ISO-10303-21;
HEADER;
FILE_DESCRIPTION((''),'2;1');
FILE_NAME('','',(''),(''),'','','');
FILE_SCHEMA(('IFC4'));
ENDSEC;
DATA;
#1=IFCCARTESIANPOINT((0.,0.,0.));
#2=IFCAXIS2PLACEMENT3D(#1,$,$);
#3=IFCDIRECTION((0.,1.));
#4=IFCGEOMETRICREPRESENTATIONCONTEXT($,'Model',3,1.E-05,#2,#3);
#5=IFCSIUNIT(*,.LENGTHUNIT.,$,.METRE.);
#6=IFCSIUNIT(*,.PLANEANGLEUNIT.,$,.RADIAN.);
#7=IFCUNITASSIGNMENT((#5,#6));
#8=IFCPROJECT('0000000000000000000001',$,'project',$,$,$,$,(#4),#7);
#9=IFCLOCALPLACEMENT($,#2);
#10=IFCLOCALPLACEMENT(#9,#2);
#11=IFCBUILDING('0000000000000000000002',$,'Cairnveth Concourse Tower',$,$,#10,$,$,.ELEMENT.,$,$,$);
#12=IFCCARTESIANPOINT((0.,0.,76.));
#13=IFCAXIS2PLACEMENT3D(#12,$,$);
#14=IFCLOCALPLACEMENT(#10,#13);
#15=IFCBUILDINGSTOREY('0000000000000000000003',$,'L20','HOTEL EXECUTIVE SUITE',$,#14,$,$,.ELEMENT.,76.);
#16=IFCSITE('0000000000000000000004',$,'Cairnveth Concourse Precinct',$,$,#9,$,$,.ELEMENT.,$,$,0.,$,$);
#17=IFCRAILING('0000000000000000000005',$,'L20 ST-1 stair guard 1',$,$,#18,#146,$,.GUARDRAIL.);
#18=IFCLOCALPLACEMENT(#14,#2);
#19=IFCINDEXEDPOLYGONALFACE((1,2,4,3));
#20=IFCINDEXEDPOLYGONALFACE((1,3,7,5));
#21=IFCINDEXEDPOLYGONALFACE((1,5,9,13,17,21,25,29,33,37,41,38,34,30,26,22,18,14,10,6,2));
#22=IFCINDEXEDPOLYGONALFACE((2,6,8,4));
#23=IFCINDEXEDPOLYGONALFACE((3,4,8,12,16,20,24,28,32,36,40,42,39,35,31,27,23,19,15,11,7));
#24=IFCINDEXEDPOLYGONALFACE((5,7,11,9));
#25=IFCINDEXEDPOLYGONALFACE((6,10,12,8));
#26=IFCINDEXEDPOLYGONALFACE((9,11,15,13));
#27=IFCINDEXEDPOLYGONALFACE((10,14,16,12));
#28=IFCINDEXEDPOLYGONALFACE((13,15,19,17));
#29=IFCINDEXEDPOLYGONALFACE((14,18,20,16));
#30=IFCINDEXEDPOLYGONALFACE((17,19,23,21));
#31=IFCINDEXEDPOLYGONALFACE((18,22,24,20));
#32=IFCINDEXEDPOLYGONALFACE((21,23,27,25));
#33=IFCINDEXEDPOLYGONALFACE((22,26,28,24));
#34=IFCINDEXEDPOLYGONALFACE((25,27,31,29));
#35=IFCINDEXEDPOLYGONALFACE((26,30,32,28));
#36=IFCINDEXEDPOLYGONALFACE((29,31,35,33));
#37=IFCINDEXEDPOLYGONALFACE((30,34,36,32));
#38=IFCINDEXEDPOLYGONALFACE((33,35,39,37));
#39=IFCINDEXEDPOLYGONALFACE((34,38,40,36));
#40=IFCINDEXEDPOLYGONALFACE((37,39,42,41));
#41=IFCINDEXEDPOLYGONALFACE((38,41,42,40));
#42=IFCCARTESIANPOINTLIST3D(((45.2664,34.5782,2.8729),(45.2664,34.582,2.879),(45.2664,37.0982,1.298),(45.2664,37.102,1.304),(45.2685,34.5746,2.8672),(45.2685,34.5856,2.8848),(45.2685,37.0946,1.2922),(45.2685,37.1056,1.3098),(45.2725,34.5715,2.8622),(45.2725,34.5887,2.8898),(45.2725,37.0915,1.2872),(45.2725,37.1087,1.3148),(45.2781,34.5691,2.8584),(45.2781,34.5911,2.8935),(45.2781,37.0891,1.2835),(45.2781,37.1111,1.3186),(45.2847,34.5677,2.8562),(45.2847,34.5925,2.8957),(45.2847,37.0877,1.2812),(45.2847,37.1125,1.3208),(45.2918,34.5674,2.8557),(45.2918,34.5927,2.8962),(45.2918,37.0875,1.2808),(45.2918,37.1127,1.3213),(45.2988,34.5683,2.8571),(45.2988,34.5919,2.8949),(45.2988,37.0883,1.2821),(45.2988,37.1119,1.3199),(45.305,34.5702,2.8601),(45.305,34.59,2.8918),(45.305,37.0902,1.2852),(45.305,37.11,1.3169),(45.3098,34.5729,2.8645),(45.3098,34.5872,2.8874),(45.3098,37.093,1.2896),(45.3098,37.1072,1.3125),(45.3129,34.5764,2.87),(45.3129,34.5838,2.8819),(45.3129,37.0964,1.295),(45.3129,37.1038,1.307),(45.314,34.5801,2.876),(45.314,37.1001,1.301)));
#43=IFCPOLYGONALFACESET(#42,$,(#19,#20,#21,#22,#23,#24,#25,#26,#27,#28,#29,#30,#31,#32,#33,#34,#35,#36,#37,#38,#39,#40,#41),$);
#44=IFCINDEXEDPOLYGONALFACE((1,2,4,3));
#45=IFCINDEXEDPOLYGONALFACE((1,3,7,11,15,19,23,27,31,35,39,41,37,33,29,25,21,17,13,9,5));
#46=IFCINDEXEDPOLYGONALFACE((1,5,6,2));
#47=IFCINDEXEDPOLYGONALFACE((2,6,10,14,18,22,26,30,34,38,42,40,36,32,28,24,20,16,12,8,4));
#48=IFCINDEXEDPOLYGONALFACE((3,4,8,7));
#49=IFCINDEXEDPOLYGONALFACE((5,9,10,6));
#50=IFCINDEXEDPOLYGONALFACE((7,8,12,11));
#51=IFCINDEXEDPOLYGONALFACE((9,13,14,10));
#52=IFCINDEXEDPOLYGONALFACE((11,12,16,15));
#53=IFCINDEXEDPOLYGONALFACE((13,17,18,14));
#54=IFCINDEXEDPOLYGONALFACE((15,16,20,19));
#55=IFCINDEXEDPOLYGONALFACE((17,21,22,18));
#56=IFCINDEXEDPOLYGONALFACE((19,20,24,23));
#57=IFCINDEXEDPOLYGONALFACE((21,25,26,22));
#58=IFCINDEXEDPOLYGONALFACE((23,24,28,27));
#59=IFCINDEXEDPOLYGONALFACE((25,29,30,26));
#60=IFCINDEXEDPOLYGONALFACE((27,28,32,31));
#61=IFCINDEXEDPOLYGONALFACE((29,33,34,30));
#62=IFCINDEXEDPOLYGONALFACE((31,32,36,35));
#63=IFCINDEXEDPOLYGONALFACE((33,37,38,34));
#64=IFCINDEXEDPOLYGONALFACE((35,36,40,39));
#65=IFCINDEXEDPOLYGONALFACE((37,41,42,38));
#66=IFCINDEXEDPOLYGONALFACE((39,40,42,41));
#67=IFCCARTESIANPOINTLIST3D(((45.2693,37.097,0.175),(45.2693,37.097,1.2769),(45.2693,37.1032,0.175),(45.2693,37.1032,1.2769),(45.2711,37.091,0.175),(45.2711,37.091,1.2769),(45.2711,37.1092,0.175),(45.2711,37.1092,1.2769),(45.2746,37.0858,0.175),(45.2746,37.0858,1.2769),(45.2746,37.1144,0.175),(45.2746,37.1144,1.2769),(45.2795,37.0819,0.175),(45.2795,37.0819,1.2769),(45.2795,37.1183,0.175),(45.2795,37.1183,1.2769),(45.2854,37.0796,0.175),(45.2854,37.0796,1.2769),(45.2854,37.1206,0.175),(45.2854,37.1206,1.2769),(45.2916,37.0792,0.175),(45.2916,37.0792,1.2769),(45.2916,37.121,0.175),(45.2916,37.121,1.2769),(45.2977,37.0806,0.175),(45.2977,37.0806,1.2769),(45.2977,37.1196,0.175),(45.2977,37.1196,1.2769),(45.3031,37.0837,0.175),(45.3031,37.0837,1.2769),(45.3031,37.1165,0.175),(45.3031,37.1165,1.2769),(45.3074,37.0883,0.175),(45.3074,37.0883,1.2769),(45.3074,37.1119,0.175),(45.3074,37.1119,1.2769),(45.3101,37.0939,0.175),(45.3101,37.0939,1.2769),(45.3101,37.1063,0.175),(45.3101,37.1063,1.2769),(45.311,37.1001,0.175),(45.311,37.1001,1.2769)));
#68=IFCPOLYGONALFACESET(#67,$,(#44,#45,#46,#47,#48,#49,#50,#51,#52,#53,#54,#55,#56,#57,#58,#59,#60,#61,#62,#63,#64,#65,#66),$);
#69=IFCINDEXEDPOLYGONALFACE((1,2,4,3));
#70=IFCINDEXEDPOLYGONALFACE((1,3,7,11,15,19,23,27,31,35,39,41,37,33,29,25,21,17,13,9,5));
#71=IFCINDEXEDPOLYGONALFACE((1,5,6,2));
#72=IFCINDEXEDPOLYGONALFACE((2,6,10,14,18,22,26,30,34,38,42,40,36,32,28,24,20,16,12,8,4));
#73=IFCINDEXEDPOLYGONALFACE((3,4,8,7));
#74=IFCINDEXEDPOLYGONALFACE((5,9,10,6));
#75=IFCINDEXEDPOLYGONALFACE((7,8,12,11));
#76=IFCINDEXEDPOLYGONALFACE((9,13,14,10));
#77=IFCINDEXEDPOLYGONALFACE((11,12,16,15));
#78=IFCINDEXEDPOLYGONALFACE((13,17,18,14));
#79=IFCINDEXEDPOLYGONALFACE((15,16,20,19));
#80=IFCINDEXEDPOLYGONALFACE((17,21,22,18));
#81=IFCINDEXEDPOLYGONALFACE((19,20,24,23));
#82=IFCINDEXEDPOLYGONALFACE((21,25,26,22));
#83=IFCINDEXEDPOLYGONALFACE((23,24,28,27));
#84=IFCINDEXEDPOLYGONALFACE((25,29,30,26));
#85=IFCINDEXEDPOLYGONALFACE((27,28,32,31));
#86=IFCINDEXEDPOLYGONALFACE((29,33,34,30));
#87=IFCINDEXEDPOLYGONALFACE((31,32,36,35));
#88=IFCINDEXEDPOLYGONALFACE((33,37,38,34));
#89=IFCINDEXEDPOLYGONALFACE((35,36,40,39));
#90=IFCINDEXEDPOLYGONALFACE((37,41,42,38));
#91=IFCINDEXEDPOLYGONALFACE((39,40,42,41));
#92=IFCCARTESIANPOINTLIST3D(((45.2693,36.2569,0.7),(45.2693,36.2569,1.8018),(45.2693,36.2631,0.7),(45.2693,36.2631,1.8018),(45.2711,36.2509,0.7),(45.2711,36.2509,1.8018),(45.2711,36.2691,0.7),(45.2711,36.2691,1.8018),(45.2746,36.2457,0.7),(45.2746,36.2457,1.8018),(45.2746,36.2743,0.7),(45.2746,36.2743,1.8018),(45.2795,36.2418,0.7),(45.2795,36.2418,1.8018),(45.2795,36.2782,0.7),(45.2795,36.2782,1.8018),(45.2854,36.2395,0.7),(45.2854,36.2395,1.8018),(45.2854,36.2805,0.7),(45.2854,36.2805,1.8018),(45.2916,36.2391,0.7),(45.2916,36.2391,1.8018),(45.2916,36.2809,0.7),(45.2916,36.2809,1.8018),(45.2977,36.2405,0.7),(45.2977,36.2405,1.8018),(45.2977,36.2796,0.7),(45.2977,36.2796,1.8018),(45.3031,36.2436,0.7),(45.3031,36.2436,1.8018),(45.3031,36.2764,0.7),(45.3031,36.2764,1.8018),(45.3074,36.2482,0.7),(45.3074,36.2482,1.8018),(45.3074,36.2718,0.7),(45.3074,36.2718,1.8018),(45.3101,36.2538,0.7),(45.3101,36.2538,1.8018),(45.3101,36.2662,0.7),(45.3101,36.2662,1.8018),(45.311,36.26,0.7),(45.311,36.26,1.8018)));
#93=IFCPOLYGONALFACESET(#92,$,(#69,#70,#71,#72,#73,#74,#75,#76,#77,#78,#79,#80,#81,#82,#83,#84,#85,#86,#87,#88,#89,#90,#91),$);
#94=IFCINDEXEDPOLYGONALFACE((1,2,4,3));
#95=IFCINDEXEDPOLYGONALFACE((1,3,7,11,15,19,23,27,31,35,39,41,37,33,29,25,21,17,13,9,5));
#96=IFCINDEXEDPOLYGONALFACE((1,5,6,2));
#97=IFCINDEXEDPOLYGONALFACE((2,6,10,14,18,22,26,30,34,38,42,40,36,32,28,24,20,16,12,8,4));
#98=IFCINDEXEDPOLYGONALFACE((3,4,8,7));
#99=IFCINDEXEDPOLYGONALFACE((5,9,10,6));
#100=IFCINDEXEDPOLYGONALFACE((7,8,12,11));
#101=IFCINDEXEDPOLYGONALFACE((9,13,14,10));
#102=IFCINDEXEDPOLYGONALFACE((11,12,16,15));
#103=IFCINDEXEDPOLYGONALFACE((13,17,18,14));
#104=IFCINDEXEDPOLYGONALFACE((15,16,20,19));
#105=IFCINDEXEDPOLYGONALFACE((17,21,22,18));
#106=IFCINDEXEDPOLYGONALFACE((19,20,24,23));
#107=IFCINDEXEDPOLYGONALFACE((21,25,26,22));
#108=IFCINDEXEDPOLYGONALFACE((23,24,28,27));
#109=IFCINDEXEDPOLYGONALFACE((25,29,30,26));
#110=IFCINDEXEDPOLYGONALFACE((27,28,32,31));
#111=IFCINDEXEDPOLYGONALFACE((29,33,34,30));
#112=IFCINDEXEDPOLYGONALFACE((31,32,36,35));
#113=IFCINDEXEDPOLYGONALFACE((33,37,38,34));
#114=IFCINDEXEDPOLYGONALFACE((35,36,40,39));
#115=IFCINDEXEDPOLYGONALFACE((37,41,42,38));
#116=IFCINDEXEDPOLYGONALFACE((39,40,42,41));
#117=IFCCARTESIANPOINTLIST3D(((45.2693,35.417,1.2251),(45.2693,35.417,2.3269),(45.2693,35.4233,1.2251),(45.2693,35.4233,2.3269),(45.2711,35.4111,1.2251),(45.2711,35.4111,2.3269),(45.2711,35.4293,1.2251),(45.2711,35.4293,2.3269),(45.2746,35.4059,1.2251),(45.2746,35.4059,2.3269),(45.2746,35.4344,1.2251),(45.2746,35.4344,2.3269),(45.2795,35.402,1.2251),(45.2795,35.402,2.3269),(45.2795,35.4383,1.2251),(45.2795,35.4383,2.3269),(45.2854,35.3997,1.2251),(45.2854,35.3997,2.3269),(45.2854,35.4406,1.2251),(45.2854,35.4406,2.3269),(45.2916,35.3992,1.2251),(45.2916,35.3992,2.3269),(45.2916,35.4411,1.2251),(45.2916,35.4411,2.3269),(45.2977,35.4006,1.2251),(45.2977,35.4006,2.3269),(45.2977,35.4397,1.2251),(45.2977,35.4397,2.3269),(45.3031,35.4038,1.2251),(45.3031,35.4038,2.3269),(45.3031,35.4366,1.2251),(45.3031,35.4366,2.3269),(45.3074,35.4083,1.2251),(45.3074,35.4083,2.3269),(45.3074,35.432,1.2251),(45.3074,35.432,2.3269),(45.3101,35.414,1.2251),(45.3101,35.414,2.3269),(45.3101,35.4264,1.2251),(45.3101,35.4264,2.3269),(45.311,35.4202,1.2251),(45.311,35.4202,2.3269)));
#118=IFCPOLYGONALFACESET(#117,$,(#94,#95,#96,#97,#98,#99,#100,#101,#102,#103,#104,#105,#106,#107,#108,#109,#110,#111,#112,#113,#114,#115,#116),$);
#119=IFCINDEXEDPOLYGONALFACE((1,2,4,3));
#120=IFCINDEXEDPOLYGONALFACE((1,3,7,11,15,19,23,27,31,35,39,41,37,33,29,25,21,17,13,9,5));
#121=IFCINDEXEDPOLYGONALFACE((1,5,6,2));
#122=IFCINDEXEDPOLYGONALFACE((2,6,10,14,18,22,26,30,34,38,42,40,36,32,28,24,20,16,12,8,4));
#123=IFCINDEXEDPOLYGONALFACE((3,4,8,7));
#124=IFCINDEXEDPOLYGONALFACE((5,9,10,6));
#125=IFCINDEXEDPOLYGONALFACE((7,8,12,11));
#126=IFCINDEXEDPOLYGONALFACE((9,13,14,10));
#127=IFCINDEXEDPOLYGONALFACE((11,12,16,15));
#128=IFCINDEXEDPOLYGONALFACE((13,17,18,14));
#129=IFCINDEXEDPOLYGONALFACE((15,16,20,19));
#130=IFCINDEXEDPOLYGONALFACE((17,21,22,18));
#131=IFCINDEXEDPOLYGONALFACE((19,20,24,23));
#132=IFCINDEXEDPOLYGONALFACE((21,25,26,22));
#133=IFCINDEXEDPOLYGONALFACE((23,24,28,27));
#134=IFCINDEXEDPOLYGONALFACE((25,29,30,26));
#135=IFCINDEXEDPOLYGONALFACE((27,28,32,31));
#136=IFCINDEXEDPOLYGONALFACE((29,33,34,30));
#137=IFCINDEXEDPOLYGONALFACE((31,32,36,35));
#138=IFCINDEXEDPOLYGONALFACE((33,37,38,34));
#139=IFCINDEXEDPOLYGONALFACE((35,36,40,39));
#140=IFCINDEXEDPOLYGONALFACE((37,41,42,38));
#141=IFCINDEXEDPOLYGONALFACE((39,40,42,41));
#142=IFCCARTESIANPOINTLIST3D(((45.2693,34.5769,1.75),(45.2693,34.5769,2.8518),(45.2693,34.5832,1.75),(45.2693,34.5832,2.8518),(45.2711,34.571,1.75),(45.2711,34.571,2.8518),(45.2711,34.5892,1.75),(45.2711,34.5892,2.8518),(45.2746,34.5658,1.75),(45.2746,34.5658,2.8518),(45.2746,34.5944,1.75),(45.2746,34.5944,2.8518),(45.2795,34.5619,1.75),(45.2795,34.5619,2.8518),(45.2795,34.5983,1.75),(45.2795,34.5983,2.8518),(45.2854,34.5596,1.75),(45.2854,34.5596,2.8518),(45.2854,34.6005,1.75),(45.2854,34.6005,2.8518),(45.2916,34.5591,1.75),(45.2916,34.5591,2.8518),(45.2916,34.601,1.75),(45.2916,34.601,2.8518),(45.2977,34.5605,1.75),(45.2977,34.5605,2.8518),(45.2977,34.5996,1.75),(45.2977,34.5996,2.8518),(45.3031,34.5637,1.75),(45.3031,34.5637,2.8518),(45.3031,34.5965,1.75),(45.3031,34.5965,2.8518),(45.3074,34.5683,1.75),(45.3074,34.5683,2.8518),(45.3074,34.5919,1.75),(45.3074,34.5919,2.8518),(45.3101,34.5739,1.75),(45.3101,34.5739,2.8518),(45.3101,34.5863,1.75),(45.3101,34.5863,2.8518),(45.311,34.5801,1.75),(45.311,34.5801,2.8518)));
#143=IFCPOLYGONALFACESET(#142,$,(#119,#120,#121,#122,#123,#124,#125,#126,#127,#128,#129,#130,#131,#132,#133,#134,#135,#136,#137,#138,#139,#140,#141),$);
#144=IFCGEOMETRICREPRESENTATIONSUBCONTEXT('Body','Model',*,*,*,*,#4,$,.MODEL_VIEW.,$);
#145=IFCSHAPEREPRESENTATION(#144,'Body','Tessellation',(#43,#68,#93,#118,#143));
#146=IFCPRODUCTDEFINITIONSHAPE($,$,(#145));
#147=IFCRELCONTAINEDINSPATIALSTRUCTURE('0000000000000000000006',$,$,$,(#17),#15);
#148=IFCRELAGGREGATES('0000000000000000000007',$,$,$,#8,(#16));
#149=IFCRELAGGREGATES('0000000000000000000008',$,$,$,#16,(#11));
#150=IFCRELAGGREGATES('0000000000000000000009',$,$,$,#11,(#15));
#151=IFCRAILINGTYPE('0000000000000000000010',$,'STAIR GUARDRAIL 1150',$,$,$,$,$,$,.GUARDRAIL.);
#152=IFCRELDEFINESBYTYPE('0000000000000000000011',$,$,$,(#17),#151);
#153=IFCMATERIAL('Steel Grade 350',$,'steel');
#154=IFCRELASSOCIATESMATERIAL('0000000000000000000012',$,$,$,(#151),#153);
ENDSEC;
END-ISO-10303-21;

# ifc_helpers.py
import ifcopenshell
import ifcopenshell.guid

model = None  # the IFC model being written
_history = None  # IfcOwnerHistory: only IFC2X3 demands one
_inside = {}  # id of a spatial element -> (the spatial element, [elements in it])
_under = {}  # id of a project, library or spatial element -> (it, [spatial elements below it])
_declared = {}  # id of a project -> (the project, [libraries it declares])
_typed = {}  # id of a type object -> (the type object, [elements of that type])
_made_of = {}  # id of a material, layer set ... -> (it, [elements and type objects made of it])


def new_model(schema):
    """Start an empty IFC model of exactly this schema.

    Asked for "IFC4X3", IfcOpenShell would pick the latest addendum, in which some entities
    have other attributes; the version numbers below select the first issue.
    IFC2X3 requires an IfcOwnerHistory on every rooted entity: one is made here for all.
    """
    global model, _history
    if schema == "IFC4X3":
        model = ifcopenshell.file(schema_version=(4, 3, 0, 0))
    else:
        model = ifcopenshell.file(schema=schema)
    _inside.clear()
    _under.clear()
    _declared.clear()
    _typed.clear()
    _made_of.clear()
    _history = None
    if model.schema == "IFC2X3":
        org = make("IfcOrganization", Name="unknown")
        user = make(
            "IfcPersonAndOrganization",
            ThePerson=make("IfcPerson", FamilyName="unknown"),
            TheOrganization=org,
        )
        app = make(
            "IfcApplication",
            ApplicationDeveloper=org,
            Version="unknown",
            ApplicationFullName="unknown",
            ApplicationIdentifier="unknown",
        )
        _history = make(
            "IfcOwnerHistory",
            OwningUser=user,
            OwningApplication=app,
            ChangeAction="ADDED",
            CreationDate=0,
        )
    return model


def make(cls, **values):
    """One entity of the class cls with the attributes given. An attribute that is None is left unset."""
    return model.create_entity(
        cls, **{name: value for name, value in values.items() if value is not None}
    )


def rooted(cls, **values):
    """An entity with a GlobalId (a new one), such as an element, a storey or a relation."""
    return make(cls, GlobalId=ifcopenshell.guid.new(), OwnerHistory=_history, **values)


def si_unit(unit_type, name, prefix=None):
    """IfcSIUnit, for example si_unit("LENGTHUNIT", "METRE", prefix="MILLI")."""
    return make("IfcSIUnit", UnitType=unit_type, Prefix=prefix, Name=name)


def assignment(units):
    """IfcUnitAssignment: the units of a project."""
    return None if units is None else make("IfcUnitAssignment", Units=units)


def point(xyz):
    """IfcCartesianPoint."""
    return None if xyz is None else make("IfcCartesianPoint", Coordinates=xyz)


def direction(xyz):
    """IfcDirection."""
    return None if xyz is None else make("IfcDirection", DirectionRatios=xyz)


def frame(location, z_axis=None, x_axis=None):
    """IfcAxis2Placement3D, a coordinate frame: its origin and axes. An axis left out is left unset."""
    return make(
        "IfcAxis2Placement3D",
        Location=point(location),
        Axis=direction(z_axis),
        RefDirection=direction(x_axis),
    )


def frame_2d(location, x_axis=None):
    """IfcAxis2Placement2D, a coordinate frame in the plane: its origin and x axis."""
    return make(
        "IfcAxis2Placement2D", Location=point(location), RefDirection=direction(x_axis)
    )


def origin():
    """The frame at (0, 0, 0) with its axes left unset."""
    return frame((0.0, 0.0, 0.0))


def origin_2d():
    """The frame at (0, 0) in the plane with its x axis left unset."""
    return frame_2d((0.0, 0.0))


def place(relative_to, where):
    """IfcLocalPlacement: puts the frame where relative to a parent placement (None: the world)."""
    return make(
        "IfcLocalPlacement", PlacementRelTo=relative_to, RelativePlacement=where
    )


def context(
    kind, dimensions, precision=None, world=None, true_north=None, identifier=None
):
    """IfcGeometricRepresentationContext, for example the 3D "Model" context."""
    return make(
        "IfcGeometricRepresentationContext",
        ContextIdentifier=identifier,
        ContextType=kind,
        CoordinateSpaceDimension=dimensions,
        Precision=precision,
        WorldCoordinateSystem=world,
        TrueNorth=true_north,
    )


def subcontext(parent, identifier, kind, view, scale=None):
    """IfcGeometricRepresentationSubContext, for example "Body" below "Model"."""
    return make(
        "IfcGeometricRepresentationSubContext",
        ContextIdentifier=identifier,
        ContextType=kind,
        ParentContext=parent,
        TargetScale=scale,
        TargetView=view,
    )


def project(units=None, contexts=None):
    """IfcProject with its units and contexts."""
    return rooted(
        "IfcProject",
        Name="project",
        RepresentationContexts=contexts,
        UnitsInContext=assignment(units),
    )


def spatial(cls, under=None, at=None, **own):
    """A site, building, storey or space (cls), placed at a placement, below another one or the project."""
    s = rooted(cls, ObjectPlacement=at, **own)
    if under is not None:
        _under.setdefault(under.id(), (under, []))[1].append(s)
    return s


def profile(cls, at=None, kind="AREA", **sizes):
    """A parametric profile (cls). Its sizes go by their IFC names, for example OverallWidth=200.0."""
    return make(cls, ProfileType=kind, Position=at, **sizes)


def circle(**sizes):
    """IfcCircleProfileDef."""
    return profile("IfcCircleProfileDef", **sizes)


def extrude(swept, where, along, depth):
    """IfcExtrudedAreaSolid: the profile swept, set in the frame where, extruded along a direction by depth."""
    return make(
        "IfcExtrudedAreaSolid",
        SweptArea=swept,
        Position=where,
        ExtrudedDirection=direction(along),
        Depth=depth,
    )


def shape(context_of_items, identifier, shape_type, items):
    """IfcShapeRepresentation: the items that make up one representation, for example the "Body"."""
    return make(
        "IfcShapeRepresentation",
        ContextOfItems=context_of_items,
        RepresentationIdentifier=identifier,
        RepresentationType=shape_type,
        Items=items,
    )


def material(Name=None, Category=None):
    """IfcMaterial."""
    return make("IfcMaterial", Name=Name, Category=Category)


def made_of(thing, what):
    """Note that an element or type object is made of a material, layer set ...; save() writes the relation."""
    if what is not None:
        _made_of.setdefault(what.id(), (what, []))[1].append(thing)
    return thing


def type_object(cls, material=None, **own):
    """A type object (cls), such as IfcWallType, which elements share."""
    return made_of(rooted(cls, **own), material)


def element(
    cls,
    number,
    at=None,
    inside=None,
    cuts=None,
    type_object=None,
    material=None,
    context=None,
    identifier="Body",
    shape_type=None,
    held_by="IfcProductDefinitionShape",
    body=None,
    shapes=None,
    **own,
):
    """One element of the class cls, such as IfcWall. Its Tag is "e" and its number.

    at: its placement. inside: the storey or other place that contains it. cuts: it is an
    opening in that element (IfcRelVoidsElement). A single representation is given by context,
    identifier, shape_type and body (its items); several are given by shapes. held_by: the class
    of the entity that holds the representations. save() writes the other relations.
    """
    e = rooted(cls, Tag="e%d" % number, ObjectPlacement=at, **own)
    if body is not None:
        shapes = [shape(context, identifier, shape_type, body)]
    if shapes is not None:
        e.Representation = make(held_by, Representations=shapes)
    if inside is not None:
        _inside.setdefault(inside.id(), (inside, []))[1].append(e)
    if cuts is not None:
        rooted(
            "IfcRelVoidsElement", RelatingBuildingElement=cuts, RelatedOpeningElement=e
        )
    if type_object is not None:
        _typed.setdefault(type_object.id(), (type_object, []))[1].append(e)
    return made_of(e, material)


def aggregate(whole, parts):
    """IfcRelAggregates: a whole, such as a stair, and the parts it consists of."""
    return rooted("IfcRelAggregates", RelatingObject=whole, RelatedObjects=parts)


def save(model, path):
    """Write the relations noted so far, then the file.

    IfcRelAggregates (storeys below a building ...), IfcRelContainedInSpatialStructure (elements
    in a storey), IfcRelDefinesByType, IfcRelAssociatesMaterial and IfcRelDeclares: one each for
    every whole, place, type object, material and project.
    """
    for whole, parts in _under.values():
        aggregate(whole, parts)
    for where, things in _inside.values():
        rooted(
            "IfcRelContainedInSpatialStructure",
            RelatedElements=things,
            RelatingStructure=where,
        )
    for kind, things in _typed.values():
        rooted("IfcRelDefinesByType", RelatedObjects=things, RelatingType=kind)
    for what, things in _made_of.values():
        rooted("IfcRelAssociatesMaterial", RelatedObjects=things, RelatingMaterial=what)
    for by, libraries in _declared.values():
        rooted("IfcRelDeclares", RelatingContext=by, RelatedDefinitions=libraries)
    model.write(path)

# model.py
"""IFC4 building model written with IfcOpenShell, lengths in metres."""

from ifc_helpers import new_model, si_unit, direction, frame, origin, origin_2d, place, context, subcontext, project, spatial, circle, extrude, material, type_object, element, save


model = new_model("IFC4")

# Units and contexts
model_context = context("Model", 3, precision=1e-05, world=origin(), true_north=direction((0.0, 1.0)))
body_context = subcontext(model_context, "Body", "Model", "MODEL_VIEW")
ifc_project = project(units=[si_unit("LENGTHUNIT", "METRE"), si_unit("PLANEANGLEUNIT", "RADIAN")], contexts=[model_context])

# Site, building, storey
site_placement = place(None, origin())
site = spatial("IfcSite", under=ifc_project, at=site_placement, Name="Cairnveth Concourse Precinct", CompositionType="ELEMENT", RefElevation=0.0)
building_placement = place(site_placement, origin())
building = spatial("IfcBuilding", under=site, at=building_placement, Name="Cairnveth Concourse Tower", CompositionType="ELEMENT")
storey_placement = place(building_placement, frame((0.0, 0.0, 76.0)))
storey = spatial("IfcBuildingStorey", under=building, at=storey_placement, Name="L20", Description="HOTEL EXECUTIVE SUITE", CompositionType="ELEMENT", Elevation=76.0)

# Shared definitions
ifc_material_1 = material(Name="Steel Grade 350", Category="steel")

# Railing
railing_type_1 = type_object("IfcRailingType", Name="STAIR GUARDRAIL 1150", PredefinedType="GUARDRAIL", material=ifc_material_1)
railing_1_placement = place(storey_placement, frame((45.29, 37.1001, 0.175)))
element("IfcRailing", 1, at=railing_1_placement, inside=storey, type_object=railing_type_1, Name="L20 ST-1 stair guard 1", PredefinedType="GUARDRAIL", context=body_context, shape_type="SweptSolid", body=[
    extrude(circle(Radius=0.0239, at=origin_2d()), frame((0.0, 0.0, 1.126), z_axis=(0.0, -0.848008, 0.529984), x_axis=(1.0, 0.0, 0.0)), (0.0, 0.0, 1.0), 2.9717),
    extrude(circle(Radius=0.021, at=origin_2d()), origin(), (0.0, 0.0, 1.0), 1.1018),
    extrude(circle(Radius=0.021, at=origin_2d()), frame((0.0, -0.8401, 0.5249)), (0.0, 0.0, 1.0), 1.1018),
    extrude(circle(Radius=0.021, at=origin_2d()), frame((0.0, -1.6799, 1.05)), (0.0, 0.0, 1.0), 1.1018),
    extrude(circle(Radius=0.021, at=origin_2d()), frame((0.0, -2.52, 1.575)), (0.0, 0.0, 1.0), 1.1018),
])

save(model, "model.ifc")
